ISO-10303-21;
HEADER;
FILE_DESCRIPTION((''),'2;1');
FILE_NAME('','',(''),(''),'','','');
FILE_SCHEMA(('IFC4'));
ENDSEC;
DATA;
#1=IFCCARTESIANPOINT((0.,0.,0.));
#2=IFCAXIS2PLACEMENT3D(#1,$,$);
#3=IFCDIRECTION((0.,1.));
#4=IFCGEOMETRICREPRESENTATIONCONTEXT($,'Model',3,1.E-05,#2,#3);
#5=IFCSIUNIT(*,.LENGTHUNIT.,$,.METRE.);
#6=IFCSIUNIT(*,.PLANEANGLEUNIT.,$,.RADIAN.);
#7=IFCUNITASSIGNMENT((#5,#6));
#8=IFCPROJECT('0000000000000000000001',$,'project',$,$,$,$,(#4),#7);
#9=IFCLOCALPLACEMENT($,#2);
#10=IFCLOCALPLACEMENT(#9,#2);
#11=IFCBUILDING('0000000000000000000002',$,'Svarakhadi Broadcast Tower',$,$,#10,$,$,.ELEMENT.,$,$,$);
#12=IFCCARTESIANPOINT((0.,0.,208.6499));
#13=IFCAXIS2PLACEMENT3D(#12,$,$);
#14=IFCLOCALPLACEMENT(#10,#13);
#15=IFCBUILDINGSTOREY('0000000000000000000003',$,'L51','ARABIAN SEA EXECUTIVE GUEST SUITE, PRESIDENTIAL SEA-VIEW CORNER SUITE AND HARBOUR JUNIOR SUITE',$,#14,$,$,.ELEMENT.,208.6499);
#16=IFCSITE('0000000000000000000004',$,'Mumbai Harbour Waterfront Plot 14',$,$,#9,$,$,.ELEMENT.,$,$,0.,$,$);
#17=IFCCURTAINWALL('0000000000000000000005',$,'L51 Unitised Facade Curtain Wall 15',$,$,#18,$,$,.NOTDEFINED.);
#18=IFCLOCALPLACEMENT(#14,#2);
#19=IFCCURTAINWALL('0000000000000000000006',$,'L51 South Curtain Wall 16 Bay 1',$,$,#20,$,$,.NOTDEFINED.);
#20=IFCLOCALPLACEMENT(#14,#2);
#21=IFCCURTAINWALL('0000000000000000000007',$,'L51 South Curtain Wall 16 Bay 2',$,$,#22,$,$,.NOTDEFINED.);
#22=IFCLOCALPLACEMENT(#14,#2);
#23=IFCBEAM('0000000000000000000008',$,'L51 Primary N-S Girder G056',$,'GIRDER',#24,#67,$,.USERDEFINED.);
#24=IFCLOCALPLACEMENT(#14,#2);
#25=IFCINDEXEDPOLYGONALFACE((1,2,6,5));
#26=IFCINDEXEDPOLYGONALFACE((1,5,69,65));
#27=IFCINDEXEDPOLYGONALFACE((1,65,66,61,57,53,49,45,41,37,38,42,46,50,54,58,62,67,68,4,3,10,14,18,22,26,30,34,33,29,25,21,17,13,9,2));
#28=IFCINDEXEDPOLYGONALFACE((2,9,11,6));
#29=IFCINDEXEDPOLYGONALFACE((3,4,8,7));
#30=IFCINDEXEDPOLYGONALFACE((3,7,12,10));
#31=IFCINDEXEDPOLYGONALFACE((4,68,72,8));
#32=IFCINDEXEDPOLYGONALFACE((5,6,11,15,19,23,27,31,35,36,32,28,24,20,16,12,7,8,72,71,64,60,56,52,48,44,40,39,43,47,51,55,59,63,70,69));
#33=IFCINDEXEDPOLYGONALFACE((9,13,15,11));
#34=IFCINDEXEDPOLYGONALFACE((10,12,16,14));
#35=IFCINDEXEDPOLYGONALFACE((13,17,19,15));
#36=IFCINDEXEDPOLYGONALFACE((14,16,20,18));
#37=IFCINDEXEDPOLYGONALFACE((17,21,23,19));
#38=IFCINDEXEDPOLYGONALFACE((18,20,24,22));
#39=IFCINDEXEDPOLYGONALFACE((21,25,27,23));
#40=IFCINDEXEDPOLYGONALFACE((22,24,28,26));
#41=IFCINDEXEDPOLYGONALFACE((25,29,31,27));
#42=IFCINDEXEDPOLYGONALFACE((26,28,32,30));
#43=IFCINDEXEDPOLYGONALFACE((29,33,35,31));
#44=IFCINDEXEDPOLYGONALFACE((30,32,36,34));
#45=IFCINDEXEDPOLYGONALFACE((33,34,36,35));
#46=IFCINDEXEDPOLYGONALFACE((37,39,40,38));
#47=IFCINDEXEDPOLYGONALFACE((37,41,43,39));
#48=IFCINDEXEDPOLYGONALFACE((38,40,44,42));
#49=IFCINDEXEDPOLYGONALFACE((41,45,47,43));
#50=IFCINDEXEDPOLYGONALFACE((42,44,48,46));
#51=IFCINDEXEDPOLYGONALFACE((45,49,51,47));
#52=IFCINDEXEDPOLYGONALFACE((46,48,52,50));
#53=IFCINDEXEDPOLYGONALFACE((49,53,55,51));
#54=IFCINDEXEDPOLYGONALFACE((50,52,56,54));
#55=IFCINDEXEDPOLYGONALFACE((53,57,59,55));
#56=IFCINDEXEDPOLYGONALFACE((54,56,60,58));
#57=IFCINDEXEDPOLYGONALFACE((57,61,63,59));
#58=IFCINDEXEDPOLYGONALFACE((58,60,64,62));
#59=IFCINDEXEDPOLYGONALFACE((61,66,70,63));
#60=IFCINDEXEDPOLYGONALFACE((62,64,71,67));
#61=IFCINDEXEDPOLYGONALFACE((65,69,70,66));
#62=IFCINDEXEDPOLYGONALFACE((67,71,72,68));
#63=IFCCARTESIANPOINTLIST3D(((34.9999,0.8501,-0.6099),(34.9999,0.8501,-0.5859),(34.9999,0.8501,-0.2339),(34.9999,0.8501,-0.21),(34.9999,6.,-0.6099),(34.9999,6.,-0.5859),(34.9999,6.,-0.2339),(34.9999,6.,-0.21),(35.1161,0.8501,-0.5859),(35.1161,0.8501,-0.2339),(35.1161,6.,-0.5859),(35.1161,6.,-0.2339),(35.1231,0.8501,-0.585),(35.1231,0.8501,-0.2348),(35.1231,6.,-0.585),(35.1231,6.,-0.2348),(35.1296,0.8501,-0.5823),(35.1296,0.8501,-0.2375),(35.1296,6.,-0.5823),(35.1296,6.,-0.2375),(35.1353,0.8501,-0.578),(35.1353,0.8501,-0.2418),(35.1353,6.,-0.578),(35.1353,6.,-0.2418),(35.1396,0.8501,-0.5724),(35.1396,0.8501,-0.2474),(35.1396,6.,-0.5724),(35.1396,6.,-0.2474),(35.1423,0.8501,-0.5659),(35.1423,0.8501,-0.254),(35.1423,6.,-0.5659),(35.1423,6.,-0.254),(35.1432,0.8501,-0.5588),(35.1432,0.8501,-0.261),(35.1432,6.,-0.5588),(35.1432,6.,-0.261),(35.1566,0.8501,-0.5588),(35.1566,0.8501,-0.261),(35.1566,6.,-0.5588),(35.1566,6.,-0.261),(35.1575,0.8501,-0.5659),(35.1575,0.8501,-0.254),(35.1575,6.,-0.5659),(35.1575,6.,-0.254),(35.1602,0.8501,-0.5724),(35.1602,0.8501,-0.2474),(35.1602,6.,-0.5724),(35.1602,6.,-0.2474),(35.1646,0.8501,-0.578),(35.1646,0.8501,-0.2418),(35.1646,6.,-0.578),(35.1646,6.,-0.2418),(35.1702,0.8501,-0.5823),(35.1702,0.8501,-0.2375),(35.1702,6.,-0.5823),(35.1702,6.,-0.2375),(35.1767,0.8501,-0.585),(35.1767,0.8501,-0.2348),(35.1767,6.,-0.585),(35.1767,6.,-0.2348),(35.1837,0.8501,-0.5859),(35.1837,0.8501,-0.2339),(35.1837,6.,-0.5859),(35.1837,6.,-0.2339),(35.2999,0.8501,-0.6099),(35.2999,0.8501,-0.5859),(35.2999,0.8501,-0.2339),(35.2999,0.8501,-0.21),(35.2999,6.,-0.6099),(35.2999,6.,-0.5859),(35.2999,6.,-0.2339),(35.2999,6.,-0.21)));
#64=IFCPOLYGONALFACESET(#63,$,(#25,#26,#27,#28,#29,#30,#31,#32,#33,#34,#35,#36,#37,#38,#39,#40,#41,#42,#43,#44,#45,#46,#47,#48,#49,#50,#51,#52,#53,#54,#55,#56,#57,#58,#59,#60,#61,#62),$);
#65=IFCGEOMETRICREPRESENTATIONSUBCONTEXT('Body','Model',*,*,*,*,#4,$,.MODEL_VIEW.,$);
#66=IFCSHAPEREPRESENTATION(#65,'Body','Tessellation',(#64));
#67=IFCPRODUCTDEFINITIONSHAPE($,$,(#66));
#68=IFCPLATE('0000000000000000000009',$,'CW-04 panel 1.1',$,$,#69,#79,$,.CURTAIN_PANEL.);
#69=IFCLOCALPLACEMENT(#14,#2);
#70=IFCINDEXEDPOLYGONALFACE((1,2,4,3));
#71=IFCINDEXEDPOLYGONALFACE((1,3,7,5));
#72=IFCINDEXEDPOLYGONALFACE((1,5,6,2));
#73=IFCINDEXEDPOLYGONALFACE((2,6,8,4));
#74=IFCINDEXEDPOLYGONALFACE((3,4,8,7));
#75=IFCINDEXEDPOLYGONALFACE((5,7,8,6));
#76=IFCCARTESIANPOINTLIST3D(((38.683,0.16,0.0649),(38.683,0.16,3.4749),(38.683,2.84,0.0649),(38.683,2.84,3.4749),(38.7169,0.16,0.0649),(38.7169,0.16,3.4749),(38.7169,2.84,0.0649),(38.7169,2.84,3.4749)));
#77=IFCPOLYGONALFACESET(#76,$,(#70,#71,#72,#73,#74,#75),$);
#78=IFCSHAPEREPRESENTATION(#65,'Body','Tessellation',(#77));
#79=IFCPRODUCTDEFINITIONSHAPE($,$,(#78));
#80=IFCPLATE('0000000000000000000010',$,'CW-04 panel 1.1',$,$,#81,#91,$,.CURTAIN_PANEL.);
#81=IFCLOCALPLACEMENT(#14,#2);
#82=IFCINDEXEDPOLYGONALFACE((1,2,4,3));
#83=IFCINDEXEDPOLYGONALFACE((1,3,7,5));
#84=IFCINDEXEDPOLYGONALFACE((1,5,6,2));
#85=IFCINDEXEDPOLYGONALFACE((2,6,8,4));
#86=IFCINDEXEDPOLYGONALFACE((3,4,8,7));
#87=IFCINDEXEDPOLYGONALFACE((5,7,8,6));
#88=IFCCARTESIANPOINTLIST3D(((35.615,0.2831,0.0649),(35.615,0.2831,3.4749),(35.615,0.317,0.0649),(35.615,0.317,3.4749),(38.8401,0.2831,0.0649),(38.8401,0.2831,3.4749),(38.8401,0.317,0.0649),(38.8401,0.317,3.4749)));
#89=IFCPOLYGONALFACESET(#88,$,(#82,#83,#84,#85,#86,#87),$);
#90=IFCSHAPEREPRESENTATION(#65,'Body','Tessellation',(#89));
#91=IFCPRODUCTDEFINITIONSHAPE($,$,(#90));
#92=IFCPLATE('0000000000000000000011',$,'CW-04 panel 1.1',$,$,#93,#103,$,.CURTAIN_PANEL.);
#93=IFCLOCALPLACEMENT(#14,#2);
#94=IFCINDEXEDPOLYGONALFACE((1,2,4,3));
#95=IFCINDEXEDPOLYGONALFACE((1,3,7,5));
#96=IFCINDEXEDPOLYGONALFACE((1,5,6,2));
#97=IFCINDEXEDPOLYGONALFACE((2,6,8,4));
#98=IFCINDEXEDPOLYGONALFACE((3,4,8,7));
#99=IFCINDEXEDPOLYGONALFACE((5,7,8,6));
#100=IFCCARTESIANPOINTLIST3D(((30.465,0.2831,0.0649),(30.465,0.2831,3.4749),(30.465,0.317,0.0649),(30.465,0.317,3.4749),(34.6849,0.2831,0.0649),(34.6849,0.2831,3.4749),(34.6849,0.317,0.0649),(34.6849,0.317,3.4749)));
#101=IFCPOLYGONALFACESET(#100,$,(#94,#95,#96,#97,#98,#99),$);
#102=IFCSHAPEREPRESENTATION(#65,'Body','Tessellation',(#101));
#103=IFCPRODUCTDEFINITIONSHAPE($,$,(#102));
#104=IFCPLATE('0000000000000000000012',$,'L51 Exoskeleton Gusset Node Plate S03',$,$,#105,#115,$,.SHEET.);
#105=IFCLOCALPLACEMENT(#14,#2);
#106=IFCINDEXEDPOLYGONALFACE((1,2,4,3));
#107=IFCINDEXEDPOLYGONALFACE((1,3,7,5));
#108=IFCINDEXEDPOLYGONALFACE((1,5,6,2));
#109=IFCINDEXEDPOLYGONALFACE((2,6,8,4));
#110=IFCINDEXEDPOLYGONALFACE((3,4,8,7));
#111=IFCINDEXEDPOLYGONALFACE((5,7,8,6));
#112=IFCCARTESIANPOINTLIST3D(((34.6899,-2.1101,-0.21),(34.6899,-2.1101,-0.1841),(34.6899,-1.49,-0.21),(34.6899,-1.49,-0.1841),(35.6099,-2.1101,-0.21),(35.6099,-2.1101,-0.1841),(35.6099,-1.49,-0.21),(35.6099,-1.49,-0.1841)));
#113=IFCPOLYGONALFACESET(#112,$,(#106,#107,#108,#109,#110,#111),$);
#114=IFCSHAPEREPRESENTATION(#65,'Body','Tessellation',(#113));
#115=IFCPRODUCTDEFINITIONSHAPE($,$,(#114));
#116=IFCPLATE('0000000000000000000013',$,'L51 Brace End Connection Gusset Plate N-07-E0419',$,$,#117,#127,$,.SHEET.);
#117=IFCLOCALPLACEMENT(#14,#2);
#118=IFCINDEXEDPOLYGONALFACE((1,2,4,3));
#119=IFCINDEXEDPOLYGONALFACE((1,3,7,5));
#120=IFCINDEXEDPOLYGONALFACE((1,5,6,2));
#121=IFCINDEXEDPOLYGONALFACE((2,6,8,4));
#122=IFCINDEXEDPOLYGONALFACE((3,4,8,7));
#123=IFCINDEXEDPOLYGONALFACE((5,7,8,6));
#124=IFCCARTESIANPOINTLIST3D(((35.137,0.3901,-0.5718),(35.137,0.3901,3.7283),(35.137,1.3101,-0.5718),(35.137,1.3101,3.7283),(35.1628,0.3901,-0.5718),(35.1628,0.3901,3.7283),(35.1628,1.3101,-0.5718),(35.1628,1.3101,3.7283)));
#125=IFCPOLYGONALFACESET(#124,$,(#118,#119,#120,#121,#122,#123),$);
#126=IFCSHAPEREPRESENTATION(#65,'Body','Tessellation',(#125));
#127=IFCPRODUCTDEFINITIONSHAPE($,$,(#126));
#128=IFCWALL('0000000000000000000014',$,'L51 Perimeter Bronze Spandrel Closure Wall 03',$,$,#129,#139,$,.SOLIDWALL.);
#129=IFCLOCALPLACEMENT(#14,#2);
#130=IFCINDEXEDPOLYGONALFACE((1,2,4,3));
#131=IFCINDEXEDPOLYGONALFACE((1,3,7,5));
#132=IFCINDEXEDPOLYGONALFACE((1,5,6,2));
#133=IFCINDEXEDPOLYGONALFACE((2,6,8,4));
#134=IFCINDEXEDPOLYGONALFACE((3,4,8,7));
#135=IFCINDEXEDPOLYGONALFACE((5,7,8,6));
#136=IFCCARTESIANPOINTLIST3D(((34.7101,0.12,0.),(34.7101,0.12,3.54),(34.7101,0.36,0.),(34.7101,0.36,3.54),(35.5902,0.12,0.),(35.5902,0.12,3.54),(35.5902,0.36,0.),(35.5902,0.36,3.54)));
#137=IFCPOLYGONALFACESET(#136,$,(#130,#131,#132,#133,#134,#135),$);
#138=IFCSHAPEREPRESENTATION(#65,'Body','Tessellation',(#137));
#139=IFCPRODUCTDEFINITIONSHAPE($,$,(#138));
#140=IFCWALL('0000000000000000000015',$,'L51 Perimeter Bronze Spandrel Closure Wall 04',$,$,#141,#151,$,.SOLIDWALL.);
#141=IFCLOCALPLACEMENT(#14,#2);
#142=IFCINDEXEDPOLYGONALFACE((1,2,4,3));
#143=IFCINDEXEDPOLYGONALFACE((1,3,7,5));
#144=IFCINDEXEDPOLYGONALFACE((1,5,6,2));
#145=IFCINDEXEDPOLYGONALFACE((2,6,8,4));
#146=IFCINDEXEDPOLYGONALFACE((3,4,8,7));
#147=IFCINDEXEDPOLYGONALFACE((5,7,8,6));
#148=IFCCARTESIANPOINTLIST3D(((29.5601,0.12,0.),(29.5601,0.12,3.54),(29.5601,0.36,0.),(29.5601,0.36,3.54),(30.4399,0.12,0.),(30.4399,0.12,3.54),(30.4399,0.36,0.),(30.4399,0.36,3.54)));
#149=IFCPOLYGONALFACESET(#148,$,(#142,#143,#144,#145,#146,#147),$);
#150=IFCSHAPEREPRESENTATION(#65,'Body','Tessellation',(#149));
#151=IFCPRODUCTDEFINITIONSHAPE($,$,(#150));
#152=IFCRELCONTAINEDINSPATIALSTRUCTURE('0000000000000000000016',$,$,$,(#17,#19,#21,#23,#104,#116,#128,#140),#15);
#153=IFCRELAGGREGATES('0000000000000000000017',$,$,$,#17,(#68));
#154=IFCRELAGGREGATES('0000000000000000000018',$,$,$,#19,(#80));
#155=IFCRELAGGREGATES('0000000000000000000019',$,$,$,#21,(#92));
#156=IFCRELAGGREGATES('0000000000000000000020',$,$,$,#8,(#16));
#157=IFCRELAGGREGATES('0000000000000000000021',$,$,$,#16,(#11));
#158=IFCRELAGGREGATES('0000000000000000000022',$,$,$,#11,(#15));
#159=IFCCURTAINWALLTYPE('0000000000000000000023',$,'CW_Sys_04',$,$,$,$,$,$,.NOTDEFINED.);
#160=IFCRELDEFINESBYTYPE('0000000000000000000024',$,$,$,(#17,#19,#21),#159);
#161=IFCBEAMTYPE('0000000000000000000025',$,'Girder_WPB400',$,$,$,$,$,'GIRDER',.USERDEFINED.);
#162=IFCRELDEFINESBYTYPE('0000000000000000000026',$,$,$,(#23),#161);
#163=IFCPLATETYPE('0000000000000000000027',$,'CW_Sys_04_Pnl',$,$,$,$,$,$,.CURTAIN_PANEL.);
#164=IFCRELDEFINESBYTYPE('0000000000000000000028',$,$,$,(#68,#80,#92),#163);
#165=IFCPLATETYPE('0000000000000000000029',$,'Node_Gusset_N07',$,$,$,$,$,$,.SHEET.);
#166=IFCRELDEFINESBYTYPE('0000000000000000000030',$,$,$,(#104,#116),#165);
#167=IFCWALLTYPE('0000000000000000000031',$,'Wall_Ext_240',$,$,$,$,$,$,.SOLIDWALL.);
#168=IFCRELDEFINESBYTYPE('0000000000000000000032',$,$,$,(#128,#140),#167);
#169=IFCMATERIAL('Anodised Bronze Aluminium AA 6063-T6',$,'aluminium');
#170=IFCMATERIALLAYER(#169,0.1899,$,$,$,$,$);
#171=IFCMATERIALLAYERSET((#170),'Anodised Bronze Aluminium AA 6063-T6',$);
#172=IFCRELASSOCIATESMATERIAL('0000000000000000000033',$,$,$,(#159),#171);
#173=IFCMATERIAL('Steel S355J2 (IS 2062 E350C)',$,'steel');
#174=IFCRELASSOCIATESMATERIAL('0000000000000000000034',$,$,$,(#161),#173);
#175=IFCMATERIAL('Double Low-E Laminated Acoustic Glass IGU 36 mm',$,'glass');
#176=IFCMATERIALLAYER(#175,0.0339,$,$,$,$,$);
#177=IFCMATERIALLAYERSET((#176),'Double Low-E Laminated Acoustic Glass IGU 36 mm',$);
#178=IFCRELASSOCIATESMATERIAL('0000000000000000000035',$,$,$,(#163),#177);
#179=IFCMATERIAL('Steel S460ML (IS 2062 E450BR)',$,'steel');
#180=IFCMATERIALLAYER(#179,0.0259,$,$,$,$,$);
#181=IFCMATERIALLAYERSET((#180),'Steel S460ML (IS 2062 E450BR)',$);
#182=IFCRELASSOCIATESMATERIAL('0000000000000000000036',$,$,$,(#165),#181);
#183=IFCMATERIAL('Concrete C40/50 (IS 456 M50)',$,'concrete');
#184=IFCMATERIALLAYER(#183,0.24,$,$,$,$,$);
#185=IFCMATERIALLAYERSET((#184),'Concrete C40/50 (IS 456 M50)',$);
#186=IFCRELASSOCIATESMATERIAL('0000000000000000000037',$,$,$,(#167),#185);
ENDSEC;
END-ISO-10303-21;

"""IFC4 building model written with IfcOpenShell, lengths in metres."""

from ifc_helpers import new_model, si_unit, direction, frame, frame_2d, origin, origin_2d, place, context, subcontext, project, spatial, rectangle, i_section, extrude, material, layer, layer_set, material_profile, profile_set, type_object, element, aggregate, save


model = new_model("IFC4")

# Units and contexts
model_context = context("Model", 3, precision=1e-05, world=origin(), true_north=direction((0.0, 1.0)))
body_context = subcontext(model_context, "Body", "Model", "MODEL_VIEW")
ifc_project = project(units=[si_unit("LENGTHUNIT", "METRE"), si_unit("PLANEANGLEUNIT", "RADIAN")], contexts=[model_context])

# Site, building, storey
site_placement = place(None, origin())
site = spatial("IfcSite", under=ifc_project, at=site_placement, Name="Mumbai Harbour Waterfront Plot 14", CompositionType="ELEMENT", RefElevation=0.0)
building_placement = place(site_placement, origin())
building = spatial("IfcBuilding", under=site, at=building_placement, Name="Svarakhadi Broadcast Tower", CompositionType="ELEMENT")
storey_placement = place(building_placement, frame((0.0, 0.0, 208.6499)))
storey = spatial("IfcBuildingStorey", under=building, at=storey_placement, Name="L51", Description="ARABIAN SEA EXECUTIVE GUEST SUITE, PRESIDENTIAL SEA-VIEW CORNER SUITE AND HARBOUR JUNIOR SUITE", CompositionType="ELEMENT", Elevation=208.6499)

# Shared definitions
ifc_material_1 = material(Name="Anodised Bronze Aluminium AA 6063-T6", Category="aluminium")
ifc_layer_1 = layer(ifc_material_1, 0.1899)
ifc_layer_set_1 = layer_set([ifc_layer_1], Name="Anodised Bronze Aluminium AA 6063-T6")
curtain_wall_type = type_object("IfcCurtainWallType", Name="CW_Sys_04", PredefinedType="NOTDEFINED", material=ifc_layer_set_1)

# Curtain walls
curtain_wall_1_placement = place(storey_placement, origin())
curtain_wall_1 = element("IfcCurtainWall", 1, at=curtain_wall_1_placement, inside=storey, type_object=curtain_wall_type, Name="L51 Unitised Facade Curtain Wall 15", PredefinedType="NOTDEFINED")
curtain_wall_2_placement = place(storey_placement, origin())
curtain_wall_2 = element("IfcCurtainWall", 2, at=curtain_wall_2_placement, inside=storey, type_object=curtain_wall_type, Name="L51 South Curtain Wall 16 Bay 1", PredefinedType="NOTDEFINED")
curtain_wall_3_placement = place(storey_placement, origin())
curtain_wall_3 = element("IfcCurtainWall", 3, at=curtain_wall_3_placement, inside=storey, type_object=curtain_wall_type, Name="L51 South Curtain Wall 16 Bay 2", PredefinedType="NOTDEFINED")

# Shared definitions
ifc_material_2 = material(Name="Steel S460ML (IS 2062 E450BR)", Category="steel")

# Beam
ifc_material_3 = material(Name="Steel S355J2 (IS 2062 E350C)", Category="steel")
ifc_material_profile_1 = material_profile(ifc_material_3, i_section(OverallWidth=0.3, OverallDepth=0.3999, WebThickness=0.0134, FlangeThickness=0.0239, FilletRadius=0.0271, at=origin_2d()), Name="WPB 400x300x155")
ifc_profile_set_1 = profile_set([ifc_material_profile_1], Name="Steel S355J2 (IS 2062 E350C)")
beam_type = type_object("IfcBeamType", Name="Girder_WPB400", ElementType="GIRDER", PredefinedType="USERDEFINED", material=ifc_profile_set_1)
beam_placement = place(storey_placement, frame((35.1499, 0.8501, -0.4099), z_axis=(0.0, 1.0, 0.0), x_axis=(-1.0, 0.0, 0.0)))
element("IfcBeam", 4, at=beam_placement, inside=storey, type_object=beam_type, Name="L51 Primary N-S Girder G056", ObjectType="GIRDER", PredefinedType="USERDEFINED", context=body_context, shape_type="SweptSolid", body=[
    extrude(i_section(OverallWidth=0.3, OverallDepth=0.3999, WebThickness=0.0134, FlangeThickness=0.0239, FilletRadius=0.0271, at=origin_2d()), origin(), (0.0, 0.0, 1.0), 5.1499),
])

# Plates
ifc_material_4 = material(Name="Double Low-E Laminated Acoustic Glass IGU 36 mm", Category="glass")
ifc_layer_2 = layer(ifc_material_4, 0.0339)
ifc_layer_set_2 = layer_set([ifc_layer_2], Name="Double Low-E Laminated Acoustic Glass IGU 36 mm")
plate_type_1 = type_object("IfcPlateType", Name="CW_Sys_04_Pnl", PredefinedType="CURTAIN_PANEL", material=ifc_layer_set_2)
plate_1_placement = place(storey_placement, frame((38.7, 1.5, 0.0649), z_axis=(0.0, 0.0, 1.0), x_axis=(0.0, -1.0, 0.0)))
plate_1 = element("IfcPlate", 5, at=plate_1_placement, type_object=plate_type_1, Name="CW-04 panel 1.1", PredefinedType="CURTAIN_PANEL", context=body_context, shape_type="SweptSolid", body=[
    extrude(rectangle(XDim=2.6799, YDim=0.0339, at=origin_2d()), origin(), (0.0, 0.0, 1.0), 3.4099),
])
aggregate(curtain_wall_1, [plate_1])
plate_2_placement = place(storey_placement, frame((37.2275, 0.3, 0.0649), z_axis=(0.0, 0.0, 1.0), x_axis=(-1.0, 0.0, 0.0)))
plate_2 = element("IfcPlate", 6, at=plate_2_placement, type_object=plate_type_1, Name="CW-04 panel 1.1", PredefinedType="CURTAIN_PANEL", context=body_context, shape_type="SweptSolid", body=[
    extrude(rectangle(XDim=3.2251, YDim=0.0339, at=origin_2d()), origin(), (0.0, 0.0, 1.0), 3.4099),
])
aggregate(curtain_wall_2, [plate_2])
plate_3_placement = place(storey_placement, frame((32.575, 0.3, 0.0649), z_axis=(0.0, 0.0, 1.0), x_axis=(-1.0, 0.0, 0.0)))
plate_3 = element("IfcPlate", 7, at=plate_3_placement, type_object=plate_type_1, Name="CW-04 panel 1.1", PredefinedType="CURTAIN_PANEL", context=body_context, shape_type="SweptSolid", body=[
    extrude(rectangle(XDim=4.22, YDim=0.0339, at=origin_2d()), origin(), (0.0, 0.0, 1.0), 3.4099),
])
aggregate(curtain_wall_3, [plate_3])

# Plates
ifc_layer_3 = layer(ifc_material_2, 0.0259)
ifc_layer_set_3 = layer_set([ifc_layer_3], Name="Steel S460ML (IS 2062 E450BR)")
plate_type_2 = type_object("IfcPlateType", Name="Node_Gusset_N07", PredefinedType="SHEET", material=ifc_layer_set_3)
plate_4_placement = place(storey_placement, frame((35.1499, -1.8, -0.21), z_axis=(0.0, 0.0, 1.0), x_axis=(1.0, 0.0, 0.0)))
element("IfcPlate", 8, at=plate_4_placement, inside=storey, type_object=plate_type_2, Name="L51 Exoskeleton Gusset Node Plate S03", PredefinedType="SHEET", context=body_context, shape_type="SweptSolid", body=[
    extrude(rectangle(XDim=0.9199, YDim=0.6201, at=origin_2d()), origin(), (0.0, 0.0, 1.0), 0.0259),
])
plate_5_placement = place(storey_placement, frame((35.1499, 0.8501, -0.5718), z_axis=(0.0, 0.0, 1.0), x_axis=(0.0, 1.0, 0.0)))
element("IfcPlate", 9, at=plate_5_placement, inside=storey, type_object=plate_type_2, Name="L51 Brace End Connection Gusset Plate N-07-E0419", PredefinedType="SHEET", context=body_context, shape_type="SweptSolid", body=[
    extrude(rectangle(XDim=0.9199, YDim=0.0259, at=origin_2d()), origin(), (0.0, 0.0, 1.0), 4.3),
])

# Walls
ifc_material_5 = material(Name="Concrete C40/50 (IS 456 M50)", Category="concrete")
ifc_layer_4 = layer(ifc_material_5, 0.24)
ifc_layer_set_4 = layer_set([ifc_layer_4], Name="Concrete C40/50 (IS 456 M50)")
wall_type = type_object("IfcWallType", Name="Wall_Ext_240", PredefinedType="SOLIDWALL", material=ifc_layer_set_4)
wall_1_placement = place(storey_placement, frame((35.5901, 0.24, 0.0), z_axis=(0.0, 0.0, 1.0), x_axis=(-1.0, 0.0, 0.0)))
element("IfcWall", 10, at=wall_1_placement, inside=storey, type_object=wall_type, Name="L51 Perimeter Bronze Spandrel Closure Wall 03", PredefinedType="SOLIDWALL", context=body_context, shape_type="SweptSolid", body=[
    extrude(rectangle(XDim=0.8801, YDim=0.24, at=frame_2d((0.4399, 0.0))), origin(), (0.0, 0.0, 1.0), 3.54),
])
wall_2_placement = place(storey_placement, frame((30.4399, 0.24, 0.0), z_axis=(0.0, 0.0, 1.0), x_axis=(-1.0, 0.0, 0.0)))
element("IfcWall", 11, at=wall_2_placement, inside=storey, type_object=wall_type, Name="L51 Perimeter Bronze Spandrel Closure Wall 04", PredefinedType="SOLIDWALL", context=body_context, shape_type="SweptSolid", body=[
    extrude(rectangle(XDim=0.8799, YDim=0.24, at=frame_2d((0.4399, 0.0))), origin(), (0.0, 0.0, 1.0), 3.54),
])

save(model, "model.ifc")
